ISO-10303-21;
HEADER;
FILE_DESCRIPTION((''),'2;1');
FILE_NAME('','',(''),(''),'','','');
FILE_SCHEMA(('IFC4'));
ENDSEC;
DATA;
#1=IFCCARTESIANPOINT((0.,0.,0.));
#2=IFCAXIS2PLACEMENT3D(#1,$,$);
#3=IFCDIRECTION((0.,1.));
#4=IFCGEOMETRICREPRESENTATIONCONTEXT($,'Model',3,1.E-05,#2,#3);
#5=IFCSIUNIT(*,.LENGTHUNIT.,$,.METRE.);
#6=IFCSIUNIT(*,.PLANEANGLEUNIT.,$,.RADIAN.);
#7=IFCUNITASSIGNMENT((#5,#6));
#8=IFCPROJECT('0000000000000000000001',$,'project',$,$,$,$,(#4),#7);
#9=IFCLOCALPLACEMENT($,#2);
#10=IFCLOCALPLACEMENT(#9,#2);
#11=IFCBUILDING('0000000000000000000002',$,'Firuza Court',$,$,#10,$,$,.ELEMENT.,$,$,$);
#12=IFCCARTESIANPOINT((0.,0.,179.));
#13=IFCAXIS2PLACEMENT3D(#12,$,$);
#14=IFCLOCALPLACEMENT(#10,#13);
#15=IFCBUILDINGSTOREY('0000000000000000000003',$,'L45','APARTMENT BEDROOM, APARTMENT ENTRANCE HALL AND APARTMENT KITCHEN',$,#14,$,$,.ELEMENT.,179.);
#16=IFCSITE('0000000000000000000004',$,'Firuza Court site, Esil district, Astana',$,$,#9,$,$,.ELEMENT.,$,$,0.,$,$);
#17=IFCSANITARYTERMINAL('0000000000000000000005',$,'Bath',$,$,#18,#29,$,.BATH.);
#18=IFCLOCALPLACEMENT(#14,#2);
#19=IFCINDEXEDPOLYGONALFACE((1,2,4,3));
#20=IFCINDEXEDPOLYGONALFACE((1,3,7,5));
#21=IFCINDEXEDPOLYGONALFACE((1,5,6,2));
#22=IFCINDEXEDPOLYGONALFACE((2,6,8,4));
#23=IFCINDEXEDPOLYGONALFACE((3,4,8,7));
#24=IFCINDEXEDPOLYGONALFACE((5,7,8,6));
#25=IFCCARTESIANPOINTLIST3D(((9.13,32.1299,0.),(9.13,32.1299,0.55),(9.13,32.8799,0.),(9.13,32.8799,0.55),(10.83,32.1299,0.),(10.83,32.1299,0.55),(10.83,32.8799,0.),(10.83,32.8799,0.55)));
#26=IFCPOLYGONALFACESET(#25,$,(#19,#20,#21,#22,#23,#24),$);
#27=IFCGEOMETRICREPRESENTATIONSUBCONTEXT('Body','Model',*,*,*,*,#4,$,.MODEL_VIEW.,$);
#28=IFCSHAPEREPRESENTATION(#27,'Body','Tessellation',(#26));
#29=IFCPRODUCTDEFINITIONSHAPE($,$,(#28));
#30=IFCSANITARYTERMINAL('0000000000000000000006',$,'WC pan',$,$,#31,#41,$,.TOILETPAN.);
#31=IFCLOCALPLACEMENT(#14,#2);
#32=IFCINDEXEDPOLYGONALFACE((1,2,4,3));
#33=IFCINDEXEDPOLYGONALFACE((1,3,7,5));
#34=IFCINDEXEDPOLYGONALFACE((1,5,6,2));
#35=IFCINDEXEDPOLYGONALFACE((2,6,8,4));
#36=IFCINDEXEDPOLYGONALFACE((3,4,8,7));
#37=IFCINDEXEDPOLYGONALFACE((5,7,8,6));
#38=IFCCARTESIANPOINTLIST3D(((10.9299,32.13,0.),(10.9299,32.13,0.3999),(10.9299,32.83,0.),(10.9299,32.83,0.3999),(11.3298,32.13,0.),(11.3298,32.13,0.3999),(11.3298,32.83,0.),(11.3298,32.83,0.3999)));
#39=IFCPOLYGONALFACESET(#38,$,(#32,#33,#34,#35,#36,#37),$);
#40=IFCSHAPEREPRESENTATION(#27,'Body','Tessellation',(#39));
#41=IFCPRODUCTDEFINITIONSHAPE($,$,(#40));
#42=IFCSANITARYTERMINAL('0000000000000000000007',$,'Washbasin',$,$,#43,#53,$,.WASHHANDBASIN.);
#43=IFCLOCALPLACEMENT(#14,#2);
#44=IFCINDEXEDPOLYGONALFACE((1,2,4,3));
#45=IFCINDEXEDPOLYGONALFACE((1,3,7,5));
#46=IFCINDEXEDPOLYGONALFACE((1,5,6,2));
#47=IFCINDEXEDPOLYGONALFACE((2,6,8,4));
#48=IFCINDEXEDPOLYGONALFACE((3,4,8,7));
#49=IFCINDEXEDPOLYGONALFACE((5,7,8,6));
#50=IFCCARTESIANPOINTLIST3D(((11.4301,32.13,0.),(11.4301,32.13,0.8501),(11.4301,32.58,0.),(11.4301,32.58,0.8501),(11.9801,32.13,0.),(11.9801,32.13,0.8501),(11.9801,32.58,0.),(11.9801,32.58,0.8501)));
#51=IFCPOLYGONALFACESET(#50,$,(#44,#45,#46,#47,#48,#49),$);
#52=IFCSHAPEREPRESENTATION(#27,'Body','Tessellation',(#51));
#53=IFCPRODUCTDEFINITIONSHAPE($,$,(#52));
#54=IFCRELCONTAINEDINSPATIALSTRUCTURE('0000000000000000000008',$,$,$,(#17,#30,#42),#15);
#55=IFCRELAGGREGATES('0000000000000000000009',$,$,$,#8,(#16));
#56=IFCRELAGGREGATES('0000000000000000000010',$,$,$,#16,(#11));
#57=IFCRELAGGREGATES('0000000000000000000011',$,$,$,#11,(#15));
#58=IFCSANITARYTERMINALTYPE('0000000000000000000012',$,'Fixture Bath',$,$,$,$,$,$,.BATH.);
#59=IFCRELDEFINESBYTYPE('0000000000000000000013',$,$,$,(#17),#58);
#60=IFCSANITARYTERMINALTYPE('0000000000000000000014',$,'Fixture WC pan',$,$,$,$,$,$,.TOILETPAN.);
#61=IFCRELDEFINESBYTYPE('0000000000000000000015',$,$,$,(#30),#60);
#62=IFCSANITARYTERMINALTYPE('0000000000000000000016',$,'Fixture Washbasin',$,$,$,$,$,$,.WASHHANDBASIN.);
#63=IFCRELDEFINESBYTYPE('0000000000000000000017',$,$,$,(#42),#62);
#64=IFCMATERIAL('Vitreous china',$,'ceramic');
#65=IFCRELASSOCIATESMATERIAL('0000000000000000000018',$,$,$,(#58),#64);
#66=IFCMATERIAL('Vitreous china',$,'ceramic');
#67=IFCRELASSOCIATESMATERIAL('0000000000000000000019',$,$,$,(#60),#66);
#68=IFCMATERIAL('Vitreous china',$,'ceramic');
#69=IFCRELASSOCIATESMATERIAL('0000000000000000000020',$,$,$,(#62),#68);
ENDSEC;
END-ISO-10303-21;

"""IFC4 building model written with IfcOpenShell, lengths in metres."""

from ifc_helpers import new_model, si_unit, direction, frame, origin, origin_2d, place, context, subcontext, project, spatial, rectangle, extrude, material, type_object, element, save


model = new_model("IFC4")

# Units and contexts
model_context = context("Model", 3, precision=1e-05, world=origin(), true_north=direction((0.0, 1.0)))
body_context = subcontext(model_context, "Body", "Model", "MODEL_VIEW")
ifc_project = project(units=[si_unit("LENGTHUNIT", "METRE"), si_unit("PLANEANGLEUNIT", "RADIAN")], contexts=[model_context])

# Site, building, storey
site_placement = place(None, origin())
site = spatial("IfcSite", under=ifc_project, at=site_placement, Name="Firuza Court site, Esil district, Astana", CompositionType="ELEMENT", RefElevation=0.0)
building_placement = place(site_placement, origin())
building = spatial("IfcBuilding", under=site, at=building_placement, Name="Firuza Court", CompositionType="ELEMENT")
storey_placement = place(building_placement, frame((0.0, 0.0, 179.0)))
storey = spatial("IfcBuildingStorey", under=building, at=storey_placement, Name="L45", Description="APARTMENT BEDROOM, APARTMENT ENTRANCE HALL AND APARTMENT KITCHEN", CompositionType="ELEMENT", Elevation=179.0)

# Sanitary terminals
ifc_material_1 = material(Name="Vitreous china", Category="ceramic")
sanitary_terminal_type_1 = type_object("IfcSanitaryTerminalType", Name="Fixture Bath", PredefinedType="BATH", material=ifc_material_1)
sanitary_terminal_1_placement = place(storey_placement, frame((9.98, 32.5049, 0.0), z_axis=(0.0, 0.0, 1.0), x_axis=(1.0, 0.0, 0.0)))
element("IfcSanitaryTerminal", 1, at=sanitary_terminal_1_placement, inside=storey, type_object=sanitary_terminal_type_1, Name="Bath", PredefinedType="BATH", context=body_context, shape_type="SweptSolid", body=[
    extrude(rectangle(XDim=1.7, YDim=0.75, at=origin_2d()), origin(), (0.0, 0.0, 1.0), 0.55),
])
ifc_material_2 = material(Name="Vitreous china", Category="ceramic")
sanitary_terminal_type_2 = type_object("IfcSanitaryTerminalType", Name="Fixture WC pan", PredefinedType="TOILETPAN", material=ifc_material_2)
sanitary_terminal_2_placement = place(storey_placement, frame((11.1299, 32.48, 0.0), z_axis=(0.0, 0.0, 1.0), x_axis=(1.0, 0.0, 0.0)))
element("IfcSanitaryTerminal", 2, at=sanitary_terminal_2_placement, inside=storey, type_object=sanitary_terminal_type_2, Name="WC pan", PredefinedType="TOILETPAN", context=body_context, shape_type="SweptSolid", body=[
    extrude(rectangle(XDim=0.3999, YDim=0.7, at=origin_2d()), origin(), (0.0, 0.0, 1.0), 0.3999),
])
ifc_material_3 = material(Name="Vitreous china", Category="ceramic")
sanitary_terminal_type_3 = type_object("IfcSanitaryTerminalType", Name="Fixture Washbasin", PredefinedType="WASHHANDBASIN", material=ifc_material_3)
sanitary_terminal_3_placement = place(storey_placement, frame((11.7051, 32.355, 0.0), z_axis=(0.0, 0.0, 1.0), x_axis=(1.0, 0.0, 0.0)))
element("IfcSanitaryTerminal", 3, at=sanitary_terminal_3_placement, inside=storey, type_object=sanitary_terminal_type_3, Name="Washbasin", PredefinedType="WASHHANDBASIN", context=body_context, shape_type="SweptSolid", body=[
    extrude(rectangle(XDim=0.55, YDim=0.45, at=origin_2d()), origin(), (0.0, 0.0, 1.0), 0.8501),
])

save(model, "model.ifc")
